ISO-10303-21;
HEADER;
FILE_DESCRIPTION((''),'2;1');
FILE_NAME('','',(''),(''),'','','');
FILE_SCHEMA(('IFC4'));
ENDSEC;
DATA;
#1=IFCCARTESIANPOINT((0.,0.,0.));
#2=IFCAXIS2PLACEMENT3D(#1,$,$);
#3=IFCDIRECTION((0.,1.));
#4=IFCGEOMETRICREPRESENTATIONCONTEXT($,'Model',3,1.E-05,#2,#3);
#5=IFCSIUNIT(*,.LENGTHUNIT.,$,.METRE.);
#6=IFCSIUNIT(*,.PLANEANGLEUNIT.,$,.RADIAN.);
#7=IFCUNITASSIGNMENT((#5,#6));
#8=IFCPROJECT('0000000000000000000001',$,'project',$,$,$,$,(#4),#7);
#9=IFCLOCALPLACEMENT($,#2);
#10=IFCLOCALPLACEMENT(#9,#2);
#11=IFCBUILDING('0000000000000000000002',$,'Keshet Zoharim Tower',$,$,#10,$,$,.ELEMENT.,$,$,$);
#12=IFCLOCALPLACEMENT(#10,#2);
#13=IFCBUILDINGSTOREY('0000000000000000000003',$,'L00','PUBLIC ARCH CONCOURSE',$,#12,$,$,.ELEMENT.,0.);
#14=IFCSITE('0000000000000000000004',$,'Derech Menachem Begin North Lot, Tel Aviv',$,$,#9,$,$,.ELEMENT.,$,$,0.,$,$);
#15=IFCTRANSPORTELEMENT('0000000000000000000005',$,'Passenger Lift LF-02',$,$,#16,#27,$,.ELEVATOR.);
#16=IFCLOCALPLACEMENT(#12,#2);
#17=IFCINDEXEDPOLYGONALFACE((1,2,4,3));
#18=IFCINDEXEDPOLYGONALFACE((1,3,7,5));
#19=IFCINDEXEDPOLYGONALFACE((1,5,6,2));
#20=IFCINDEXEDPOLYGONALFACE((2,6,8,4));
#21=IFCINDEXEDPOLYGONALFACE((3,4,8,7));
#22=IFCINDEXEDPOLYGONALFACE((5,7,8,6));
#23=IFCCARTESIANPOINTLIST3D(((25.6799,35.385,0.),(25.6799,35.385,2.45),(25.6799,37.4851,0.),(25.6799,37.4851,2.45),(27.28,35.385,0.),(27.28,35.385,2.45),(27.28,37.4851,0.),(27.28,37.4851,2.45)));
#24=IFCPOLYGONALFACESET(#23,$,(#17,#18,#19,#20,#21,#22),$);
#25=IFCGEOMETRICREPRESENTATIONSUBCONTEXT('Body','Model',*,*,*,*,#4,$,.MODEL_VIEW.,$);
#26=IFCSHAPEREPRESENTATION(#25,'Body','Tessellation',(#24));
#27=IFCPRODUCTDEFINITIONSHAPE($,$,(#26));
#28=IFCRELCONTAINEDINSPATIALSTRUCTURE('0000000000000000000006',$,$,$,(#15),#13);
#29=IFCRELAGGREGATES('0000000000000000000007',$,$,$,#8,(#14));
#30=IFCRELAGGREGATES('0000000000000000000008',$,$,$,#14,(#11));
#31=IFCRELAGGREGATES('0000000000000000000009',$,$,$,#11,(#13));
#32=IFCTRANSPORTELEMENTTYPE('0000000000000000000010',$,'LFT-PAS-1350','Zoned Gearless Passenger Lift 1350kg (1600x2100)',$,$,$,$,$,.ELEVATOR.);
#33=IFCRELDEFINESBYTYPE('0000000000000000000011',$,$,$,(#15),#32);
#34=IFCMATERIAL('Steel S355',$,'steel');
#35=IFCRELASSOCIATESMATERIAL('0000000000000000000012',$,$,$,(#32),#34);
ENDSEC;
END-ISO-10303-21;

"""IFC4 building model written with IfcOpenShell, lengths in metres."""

from ifc_helpers import new_model, si_unit, direction, frame, origin, origin_2d, place, context, subcontext, project, spatial, rectangle, extrude, material, type_object, element, save


model = new_model("IFC4")

# Units and contexts
model_context = context("Model", 3, precision=1e-05, world=origin(), true_north=direction((0.0, 1.0)))
body_context = subcontext(model_context, "Body", "Model", "MODEL_VIEW")
ifc_project = project(units=[si_unit("LENGTHUNIT", "METRE"), si_unit("PLANEANGLEUNIT", "RADIAN")], contexts=[model_context])

# Site, building, storey
site_placement = place(None, origin())
site = spatial("IfcSite", under=ifc_project, at=site_placement, Name="Derech Menachem Begin North Lot, Tel Aviv", CompositionType="ELEMENT", RefElevation=0.0)
building_placement = place(site_placement, origin())
building = spatial("IfcBuilding", under=site, at=building_placement, Name="Keshet Zoharim Tower", CompositionType="ELEMENT")
storey_placement = place(building_placement, origin())
storey = spatial("IfcBuildingStorey", under=building, at=storey_placement, Name="L00", Description="PUBLIC ARCH CONCOURSE", CompositionType="ELEMENT", Elevation=0.0)

# Shared definitions
ifc_material_1 = material(Name="Steel S355", Category="steel")

# Transport element
transport_element_type = type_object("IfcTransportElementType", Name="LFT-PAS-1350", Description="Zoned Gearless Passenger Lift 1350kg (1600x2100)", PredefinedType="ELEVATOR", material=ifc_material_1)
for number, where, z_axis, x_axis, name in (
    (1, (26.48, 36.4351, 0.0), (0.0, 0.0, 1.0), (1.0, 0.0, 0.0), "Passenger Lift LF-02"),
):
    element("IfcTransportElement", number, at=place(storey_placement, frame(where, z_axis=z_axis, x_axis=x_axis)), inside=storey, type_object=transport_element_type, Name=name, PredefinedType="ELEVATOR", context=body_context, shape_type="SweptSolid", body=[
        extrude(rectangle(XDim=1.6001, YDim=2.1001, at=origin_2d()), origin(), (0.0, 0.0, 1.0), 2.45),
    ])

save(model, "model.ifc")
